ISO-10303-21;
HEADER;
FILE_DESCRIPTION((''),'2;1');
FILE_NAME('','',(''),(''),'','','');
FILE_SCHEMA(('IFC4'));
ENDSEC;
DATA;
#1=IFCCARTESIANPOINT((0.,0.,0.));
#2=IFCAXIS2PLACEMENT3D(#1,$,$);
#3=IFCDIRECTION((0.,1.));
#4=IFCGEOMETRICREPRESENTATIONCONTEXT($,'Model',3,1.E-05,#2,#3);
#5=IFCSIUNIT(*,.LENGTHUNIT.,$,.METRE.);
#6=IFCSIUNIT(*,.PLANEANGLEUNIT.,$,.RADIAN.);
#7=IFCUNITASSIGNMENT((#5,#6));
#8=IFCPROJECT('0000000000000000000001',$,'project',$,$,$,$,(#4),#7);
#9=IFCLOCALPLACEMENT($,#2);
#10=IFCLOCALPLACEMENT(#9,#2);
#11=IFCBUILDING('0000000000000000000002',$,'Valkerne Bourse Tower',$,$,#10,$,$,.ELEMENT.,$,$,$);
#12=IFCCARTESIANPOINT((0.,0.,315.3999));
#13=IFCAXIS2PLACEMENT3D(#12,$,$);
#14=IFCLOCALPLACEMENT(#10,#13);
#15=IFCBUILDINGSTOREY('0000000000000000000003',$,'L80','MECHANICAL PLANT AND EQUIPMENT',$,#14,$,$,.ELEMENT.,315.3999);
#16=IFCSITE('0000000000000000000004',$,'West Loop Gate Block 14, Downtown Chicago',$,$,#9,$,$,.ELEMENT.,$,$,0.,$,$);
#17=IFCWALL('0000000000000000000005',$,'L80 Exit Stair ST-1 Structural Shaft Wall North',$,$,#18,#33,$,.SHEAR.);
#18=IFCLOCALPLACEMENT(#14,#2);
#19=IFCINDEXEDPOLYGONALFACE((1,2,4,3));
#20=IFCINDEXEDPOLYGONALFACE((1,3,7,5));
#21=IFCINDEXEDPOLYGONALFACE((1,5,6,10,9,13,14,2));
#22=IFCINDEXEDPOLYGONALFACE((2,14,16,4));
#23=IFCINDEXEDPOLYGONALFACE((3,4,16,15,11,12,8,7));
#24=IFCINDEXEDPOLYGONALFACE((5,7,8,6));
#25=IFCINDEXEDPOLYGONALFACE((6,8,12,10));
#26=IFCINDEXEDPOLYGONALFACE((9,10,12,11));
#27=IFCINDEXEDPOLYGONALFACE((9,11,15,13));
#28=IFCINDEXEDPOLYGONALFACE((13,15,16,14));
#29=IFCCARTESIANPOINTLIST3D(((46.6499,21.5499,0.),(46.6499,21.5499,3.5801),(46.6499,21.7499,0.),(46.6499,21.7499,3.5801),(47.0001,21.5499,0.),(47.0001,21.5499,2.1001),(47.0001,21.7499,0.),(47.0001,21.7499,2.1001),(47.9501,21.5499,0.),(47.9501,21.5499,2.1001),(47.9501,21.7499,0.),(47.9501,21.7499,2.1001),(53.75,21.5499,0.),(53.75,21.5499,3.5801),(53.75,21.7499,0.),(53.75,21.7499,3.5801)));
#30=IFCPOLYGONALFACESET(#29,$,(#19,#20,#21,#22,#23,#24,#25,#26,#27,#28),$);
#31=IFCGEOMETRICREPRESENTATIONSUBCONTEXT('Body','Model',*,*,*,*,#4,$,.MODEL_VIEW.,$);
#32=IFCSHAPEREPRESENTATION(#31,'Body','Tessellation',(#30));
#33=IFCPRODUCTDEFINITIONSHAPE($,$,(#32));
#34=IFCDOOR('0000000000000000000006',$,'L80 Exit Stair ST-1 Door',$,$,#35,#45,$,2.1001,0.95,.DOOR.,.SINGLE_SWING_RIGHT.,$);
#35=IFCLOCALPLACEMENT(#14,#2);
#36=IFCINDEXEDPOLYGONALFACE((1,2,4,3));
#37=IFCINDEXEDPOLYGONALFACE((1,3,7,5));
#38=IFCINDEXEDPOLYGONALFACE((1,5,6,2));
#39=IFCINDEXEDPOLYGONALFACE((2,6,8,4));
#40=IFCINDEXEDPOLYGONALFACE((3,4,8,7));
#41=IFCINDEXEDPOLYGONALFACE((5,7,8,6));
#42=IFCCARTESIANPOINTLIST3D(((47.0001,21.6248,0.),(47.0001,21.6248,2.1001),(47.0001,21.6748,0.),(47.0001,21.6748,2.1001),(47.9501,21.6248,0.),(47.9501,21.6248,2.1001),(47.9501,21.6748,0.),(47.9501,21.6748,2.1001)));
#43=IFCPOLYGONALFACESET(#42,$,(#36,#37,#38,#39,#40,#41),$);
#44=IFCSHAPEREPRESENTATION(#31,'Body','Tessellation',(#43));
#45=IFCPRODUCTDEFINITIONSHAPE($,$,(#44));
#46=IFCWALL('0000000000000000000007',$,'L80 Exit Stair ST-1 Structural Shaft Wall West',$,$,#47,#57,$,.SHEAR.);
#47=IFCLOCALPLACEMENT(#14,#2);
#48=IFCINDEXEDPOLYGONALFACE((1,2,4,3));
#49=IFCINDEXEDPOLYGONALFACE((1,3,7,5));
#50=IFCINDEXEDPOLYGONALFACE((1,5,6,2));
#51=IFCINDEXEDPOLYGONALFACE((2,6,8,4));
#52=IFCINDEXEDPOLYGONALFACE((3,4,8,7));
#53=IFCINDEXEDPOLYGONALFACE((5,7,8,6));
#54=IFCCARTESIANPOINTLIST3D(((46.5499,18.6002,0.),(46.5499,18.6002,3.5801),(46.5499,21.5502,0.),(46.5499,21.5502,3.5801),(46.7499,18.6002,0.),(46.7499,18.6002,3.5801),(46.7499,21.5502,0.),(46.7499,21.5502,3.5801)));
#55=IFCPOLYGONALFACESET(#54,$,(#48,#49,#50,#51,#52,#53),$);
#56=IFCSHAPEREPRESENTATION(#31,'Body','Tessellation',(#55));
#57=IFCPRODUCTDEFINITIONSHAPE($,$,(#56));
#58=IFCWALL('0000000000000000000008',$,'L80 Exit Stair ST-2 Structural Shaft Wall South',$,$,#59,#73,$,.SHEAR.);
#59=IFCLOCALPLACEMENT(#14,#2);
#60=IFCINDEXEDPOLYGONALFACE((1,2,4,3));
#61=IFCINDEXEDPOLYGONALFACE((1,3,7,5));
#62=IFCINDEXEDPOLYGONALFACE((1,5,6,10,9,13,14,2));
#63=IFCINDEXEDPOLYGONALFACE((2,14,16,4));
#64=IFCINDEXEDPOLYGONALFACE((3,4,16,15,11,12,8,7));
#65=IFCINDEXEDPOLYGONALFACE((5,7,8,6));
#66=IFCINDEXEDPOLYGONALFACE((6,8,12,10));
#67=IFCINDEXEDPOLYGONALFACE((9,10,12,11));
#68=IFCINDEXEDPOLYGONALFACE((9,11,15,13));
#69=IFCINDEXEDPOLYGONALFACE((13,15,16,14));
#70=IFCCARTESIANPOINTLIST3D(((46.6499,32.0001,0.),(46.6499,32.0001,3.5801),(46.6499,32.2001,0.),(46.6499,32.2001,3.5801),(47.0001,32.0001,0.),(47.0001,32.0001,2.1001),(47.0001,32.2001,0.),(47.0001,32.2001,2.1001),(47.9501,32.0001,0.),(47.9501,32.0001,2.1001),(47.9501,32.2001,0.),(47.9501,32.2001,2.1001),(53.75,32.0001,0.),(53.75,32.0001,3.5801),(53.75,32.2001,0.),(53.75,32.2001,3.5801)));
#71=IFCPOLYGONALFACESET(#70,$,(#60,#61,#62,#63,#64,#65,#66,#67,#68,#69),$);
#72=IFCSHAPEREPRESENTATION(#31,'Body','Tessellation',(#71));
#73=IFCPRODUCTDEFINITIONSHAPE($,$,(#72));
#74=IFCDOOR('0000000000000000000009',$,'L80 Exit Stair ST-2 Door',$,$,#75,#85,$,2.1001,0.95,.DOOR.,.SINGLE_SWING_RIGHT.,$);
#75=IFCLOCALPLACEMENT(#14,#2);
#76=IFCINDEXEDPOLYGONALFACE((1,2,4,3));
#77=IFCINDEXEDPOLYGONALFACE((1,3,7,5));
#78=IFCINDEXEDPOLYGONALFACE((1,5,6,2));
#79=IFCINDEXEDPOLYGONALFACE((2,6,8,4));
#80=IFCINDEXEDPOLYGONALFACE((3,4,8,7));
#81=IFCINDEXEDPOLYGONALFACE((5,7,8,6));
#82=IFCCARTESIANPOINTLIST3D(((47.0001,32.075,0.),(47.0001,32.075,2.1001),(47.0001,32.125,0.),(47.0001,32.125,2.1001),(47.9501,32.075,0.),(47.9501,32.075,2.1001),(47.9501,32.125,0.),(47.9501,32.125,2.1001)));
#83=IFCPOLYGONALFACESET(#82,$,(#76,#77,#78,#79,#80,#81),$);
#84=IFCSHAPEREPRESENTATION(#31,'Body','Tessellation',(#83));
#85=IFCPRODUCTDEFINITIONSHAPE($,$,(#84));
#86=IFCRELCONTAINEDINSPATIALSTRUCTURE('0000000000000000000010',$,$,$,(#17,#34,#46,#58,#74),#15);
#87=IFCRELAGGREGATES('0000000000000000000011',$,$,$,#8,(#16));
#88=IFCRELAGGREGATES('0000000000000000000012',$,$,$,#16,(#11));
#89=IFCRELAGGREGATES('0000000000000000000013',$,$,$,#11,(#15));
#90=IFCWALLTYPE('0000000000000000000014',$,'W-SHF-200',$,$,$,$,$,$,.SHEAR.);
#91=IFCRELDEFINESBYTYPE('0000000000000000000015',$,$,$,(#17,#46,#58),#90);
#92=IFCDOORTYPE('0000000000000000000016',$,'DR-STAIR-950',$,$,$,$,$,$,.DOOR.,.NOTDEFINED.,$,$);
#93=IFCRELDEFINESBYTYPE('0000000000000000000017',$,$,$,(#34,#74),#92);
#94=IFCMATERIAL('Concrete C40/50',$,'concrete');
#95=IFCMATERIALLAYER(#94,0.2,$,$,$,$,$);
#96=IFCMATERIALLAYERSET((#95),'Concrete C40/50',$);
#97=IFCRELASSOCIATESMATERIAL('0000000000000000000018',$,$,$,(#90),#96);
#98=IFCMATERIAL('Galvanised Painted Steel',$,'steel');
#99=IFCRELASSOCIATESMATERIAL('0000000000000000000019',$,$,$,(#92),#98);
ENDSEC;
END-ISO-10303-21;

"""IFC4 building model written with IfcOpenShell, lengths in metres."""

from ifc_helpers import new_model, si_unit, direction, frame, frame_2d, origin, place, context, subcontext, project, spatial, rectangle, extrude, material, layer, layer_set, type_object, element, fill, save


model = new_model("IFC4")

# Units and contexts
model_context = context("Model", 3, precision=1e-05, world=origin(), true_north=direction((0.0, 1.0)))
body_context = subcontext(model_context, "Body", "Model", "MODEL_VIEW")
ifc_project = project(units=[si_unit("LENGTHUNIT", "METRE"), si_unit("PLANEANGLEUNIT", "RADIAN")], contexts=[model_context])

# Site, building, storey
site_placement = place(None, origin())
site = spatial("IfcSite", under=ifc_project, at=site_placement, Name="West Loop Gate Block 14, Downtown Chicago", CompositionType="ELEMENT", RefElevation=0.0)
building_placement = place(site_placement, origin())
building = spatial("IfcBuilding", under=site, at=building_placement, Name="Valkerne Bourse Tower", CompositionType="ELEMENT")
storey_placement = place(building_placement, frame((0.0, 0.0, 315.3999)))
storey = spatial("IfcBuildingStorey", under=building, at=storey_placement, Name="L80", Description="MECHANICAL PLANT AND EQUIPMENT", CompositionType="ELEMENT", Elevation=315.3999)

# Wall, opening, door
ifc_material_1 = material(Name="Galvanised Painted Steel", Category="steel")
ifc_material_2 = material(Name="Concrete C40/50", Category="concrete")
ifc_layer_1 = layer(ifc_material_2, 0.2)
ifc_layer_set_1 = layer_set([ifc_layer_1], Name="Concrete C40/50")
wall_type_1 = type_object("IfcWallType", Name="W-SHF-200", PredefinedType="SHEAR", material=ifc_layer_set_1)
wall_1_placement = place(storey_placement, frame((46.6499, 21.6499, 0.0), z_axis=(0.0, 0.0, 1.0), x_axis=(1.0, 0.0, 0.0)))
wall_1 = element("IfcWall", 1, at=wall_1_placement, inside=storey, type_object=wall_type_1, Name="L80 Exit Stair ST-1 Structural Shaft Wall North", PredefinedType="SHEAR", context=body_context, shape_type="SweptSolid", body=[
    extrude(rectangle(XDim=7.1001, YDim=0.2, at=frame_2d((3.55, 0.0))), origin(), (0.0, 0.0, 1.0), 3.5801),
])
opening_1_placement = place(wall_1_placement, frame((0.3501, 0.0, 0.0)))
opening_1 = element("IfcOpeningElement", 2, at=opening_1_placement, cuts=wall_1, PredefinedType="OPENING", context=body_context, shape_type="SweptSolid", body=[
    extrude(rectangle(XDim=0.95, YDim=2.1001, at=frame_2d((0.4751, 1.05))), frame((0.0, 0.1099, 0.0), z_axis=(0.0, -1.0, 0.0), x_axis=(1.0, 0.0, 0.0)), (0.0, 0.0, 1.0), 0.22),
])
door_type_1 = type_object("IfcDoorType", Name="DR-STAIR-950", OperationType="NOTDEFINED", PredefinedType="DOOR", material=ifc_material_1)
door_1_placement = place(opening_1_placement, origin())
door_1 = element("IfcDoor", 3, at=door_1_placement, inside=storey, type_object=door_type_1, Name="L80 Exit Stair ST-1 Door", OperationType="SINGLE_SWING_RIGHT", OverallHeight=2.1001, OverallWidth=0.95, PredefinedType="DOOR", context=body_context, shape_type="SweptSolid", body=[
    extrude(rectangle(XDim=0.95, YDim=2.1001, at=frame_2d((0.4751, 1.05))), frame((0.0, 0.0249, 0.0), z_axis=(0.0, -1.0, 0.0), x_axis=(1.0, 0.0, 0.0)), (0.0, 0.0, 1.0), 0.05),
])
fill(opening_1, door_1)

# Wall
wall_2_placement = place(storey_placement, frame((46.6499, 18.6001, 0.0), z_axis=(0.0, 0.0, 1.0), x_axis=(0.0, 1.0, 0.0)))
element("IfcWall", 4, at=wall_2_placement, inside=storey, type_object=wall_type_1, Name="L80 Exit Stair ST-1 Structural Shaft Wall West", PredefinedType="SHEAR", context=body_context, shape_type="SweptSolid", body=[
    extrude(rectangle(XDim=2.95, YDim=0.2, at=frame_2d((1.4751, 0.0))), origin(), (0.0, 0.0, 1.0), 3.5801),
])

# Wall, opening, door
wall_3_placement = place(storey_placement, frame((46.6499, 32.1001, 0.0), z_axis=(0.0, 0.0, 1.0), x_axis=(1.0, 0.0, 0.0)))
wall_3 = element("IfcWall", 5, at=wall_3_placement, inside=storey, type_object=wall_type_1, Name="L80 Exit Stair ST-2 Structural Shaft Wall South", PredefinedType="SHEAR", context=body_context, shape_type="SweptSolid", body=[
    extrude(rectangle(XDim=7.1001, YDim=0.2, at=frame_2d((3.55, 0.0))), origin(), (0.0, 0.0, 1.0), 3.5801),
])
opening_2_placement = place(wall_3_placement, frame((0.3501, 0.0, 0.0)))
opening_2 = element("IfcOpeningElement", 6, at=opening_2_placement, cuts=wall_3, PredefinedType="OPENING", context=body_context, shape_type="SweptSolid", body=[
    extrude(rectangle(XDim=0.95, YDim=2.1001, at=frame_2d((0.4751, 1.05))), frame((0.0, 0.1099, 0.0), z_axis=(0.0, -1.0, 0.0), x_axis=(1.0, 0.0, 0.0)), (0.0, 0.0, 1.0), 0.22),
])
door_2_placement = place(opening_2_placement, origin())
door_2 = element("IfcDoor", 7, at=door_2_placement, inside=storey, type_object=door_type_1, Name="L80 Exit Stair ST-2 Door", OperationType="SINGLE_SWING_RIGHT", OverallHeight=2.1001, OverallWidth=0.95, PredefinedType="DOOR", context=body_context, shape_type="SweptSolid", body=[
    extrude(rectangle(XDim=0.95, YDim=2.1001, at=frame_2d((0.4751, 1.05))), frame((0.0, 0.0249, 0.0), z_axis=(0.0, -1.0, 0.0), x_axis=(1.0, 0.0, 0.0)), (0.0, 0.0, 1.0), 0.05),
])
fill(opening_2, door_2)

save(model, "model.ifc")
